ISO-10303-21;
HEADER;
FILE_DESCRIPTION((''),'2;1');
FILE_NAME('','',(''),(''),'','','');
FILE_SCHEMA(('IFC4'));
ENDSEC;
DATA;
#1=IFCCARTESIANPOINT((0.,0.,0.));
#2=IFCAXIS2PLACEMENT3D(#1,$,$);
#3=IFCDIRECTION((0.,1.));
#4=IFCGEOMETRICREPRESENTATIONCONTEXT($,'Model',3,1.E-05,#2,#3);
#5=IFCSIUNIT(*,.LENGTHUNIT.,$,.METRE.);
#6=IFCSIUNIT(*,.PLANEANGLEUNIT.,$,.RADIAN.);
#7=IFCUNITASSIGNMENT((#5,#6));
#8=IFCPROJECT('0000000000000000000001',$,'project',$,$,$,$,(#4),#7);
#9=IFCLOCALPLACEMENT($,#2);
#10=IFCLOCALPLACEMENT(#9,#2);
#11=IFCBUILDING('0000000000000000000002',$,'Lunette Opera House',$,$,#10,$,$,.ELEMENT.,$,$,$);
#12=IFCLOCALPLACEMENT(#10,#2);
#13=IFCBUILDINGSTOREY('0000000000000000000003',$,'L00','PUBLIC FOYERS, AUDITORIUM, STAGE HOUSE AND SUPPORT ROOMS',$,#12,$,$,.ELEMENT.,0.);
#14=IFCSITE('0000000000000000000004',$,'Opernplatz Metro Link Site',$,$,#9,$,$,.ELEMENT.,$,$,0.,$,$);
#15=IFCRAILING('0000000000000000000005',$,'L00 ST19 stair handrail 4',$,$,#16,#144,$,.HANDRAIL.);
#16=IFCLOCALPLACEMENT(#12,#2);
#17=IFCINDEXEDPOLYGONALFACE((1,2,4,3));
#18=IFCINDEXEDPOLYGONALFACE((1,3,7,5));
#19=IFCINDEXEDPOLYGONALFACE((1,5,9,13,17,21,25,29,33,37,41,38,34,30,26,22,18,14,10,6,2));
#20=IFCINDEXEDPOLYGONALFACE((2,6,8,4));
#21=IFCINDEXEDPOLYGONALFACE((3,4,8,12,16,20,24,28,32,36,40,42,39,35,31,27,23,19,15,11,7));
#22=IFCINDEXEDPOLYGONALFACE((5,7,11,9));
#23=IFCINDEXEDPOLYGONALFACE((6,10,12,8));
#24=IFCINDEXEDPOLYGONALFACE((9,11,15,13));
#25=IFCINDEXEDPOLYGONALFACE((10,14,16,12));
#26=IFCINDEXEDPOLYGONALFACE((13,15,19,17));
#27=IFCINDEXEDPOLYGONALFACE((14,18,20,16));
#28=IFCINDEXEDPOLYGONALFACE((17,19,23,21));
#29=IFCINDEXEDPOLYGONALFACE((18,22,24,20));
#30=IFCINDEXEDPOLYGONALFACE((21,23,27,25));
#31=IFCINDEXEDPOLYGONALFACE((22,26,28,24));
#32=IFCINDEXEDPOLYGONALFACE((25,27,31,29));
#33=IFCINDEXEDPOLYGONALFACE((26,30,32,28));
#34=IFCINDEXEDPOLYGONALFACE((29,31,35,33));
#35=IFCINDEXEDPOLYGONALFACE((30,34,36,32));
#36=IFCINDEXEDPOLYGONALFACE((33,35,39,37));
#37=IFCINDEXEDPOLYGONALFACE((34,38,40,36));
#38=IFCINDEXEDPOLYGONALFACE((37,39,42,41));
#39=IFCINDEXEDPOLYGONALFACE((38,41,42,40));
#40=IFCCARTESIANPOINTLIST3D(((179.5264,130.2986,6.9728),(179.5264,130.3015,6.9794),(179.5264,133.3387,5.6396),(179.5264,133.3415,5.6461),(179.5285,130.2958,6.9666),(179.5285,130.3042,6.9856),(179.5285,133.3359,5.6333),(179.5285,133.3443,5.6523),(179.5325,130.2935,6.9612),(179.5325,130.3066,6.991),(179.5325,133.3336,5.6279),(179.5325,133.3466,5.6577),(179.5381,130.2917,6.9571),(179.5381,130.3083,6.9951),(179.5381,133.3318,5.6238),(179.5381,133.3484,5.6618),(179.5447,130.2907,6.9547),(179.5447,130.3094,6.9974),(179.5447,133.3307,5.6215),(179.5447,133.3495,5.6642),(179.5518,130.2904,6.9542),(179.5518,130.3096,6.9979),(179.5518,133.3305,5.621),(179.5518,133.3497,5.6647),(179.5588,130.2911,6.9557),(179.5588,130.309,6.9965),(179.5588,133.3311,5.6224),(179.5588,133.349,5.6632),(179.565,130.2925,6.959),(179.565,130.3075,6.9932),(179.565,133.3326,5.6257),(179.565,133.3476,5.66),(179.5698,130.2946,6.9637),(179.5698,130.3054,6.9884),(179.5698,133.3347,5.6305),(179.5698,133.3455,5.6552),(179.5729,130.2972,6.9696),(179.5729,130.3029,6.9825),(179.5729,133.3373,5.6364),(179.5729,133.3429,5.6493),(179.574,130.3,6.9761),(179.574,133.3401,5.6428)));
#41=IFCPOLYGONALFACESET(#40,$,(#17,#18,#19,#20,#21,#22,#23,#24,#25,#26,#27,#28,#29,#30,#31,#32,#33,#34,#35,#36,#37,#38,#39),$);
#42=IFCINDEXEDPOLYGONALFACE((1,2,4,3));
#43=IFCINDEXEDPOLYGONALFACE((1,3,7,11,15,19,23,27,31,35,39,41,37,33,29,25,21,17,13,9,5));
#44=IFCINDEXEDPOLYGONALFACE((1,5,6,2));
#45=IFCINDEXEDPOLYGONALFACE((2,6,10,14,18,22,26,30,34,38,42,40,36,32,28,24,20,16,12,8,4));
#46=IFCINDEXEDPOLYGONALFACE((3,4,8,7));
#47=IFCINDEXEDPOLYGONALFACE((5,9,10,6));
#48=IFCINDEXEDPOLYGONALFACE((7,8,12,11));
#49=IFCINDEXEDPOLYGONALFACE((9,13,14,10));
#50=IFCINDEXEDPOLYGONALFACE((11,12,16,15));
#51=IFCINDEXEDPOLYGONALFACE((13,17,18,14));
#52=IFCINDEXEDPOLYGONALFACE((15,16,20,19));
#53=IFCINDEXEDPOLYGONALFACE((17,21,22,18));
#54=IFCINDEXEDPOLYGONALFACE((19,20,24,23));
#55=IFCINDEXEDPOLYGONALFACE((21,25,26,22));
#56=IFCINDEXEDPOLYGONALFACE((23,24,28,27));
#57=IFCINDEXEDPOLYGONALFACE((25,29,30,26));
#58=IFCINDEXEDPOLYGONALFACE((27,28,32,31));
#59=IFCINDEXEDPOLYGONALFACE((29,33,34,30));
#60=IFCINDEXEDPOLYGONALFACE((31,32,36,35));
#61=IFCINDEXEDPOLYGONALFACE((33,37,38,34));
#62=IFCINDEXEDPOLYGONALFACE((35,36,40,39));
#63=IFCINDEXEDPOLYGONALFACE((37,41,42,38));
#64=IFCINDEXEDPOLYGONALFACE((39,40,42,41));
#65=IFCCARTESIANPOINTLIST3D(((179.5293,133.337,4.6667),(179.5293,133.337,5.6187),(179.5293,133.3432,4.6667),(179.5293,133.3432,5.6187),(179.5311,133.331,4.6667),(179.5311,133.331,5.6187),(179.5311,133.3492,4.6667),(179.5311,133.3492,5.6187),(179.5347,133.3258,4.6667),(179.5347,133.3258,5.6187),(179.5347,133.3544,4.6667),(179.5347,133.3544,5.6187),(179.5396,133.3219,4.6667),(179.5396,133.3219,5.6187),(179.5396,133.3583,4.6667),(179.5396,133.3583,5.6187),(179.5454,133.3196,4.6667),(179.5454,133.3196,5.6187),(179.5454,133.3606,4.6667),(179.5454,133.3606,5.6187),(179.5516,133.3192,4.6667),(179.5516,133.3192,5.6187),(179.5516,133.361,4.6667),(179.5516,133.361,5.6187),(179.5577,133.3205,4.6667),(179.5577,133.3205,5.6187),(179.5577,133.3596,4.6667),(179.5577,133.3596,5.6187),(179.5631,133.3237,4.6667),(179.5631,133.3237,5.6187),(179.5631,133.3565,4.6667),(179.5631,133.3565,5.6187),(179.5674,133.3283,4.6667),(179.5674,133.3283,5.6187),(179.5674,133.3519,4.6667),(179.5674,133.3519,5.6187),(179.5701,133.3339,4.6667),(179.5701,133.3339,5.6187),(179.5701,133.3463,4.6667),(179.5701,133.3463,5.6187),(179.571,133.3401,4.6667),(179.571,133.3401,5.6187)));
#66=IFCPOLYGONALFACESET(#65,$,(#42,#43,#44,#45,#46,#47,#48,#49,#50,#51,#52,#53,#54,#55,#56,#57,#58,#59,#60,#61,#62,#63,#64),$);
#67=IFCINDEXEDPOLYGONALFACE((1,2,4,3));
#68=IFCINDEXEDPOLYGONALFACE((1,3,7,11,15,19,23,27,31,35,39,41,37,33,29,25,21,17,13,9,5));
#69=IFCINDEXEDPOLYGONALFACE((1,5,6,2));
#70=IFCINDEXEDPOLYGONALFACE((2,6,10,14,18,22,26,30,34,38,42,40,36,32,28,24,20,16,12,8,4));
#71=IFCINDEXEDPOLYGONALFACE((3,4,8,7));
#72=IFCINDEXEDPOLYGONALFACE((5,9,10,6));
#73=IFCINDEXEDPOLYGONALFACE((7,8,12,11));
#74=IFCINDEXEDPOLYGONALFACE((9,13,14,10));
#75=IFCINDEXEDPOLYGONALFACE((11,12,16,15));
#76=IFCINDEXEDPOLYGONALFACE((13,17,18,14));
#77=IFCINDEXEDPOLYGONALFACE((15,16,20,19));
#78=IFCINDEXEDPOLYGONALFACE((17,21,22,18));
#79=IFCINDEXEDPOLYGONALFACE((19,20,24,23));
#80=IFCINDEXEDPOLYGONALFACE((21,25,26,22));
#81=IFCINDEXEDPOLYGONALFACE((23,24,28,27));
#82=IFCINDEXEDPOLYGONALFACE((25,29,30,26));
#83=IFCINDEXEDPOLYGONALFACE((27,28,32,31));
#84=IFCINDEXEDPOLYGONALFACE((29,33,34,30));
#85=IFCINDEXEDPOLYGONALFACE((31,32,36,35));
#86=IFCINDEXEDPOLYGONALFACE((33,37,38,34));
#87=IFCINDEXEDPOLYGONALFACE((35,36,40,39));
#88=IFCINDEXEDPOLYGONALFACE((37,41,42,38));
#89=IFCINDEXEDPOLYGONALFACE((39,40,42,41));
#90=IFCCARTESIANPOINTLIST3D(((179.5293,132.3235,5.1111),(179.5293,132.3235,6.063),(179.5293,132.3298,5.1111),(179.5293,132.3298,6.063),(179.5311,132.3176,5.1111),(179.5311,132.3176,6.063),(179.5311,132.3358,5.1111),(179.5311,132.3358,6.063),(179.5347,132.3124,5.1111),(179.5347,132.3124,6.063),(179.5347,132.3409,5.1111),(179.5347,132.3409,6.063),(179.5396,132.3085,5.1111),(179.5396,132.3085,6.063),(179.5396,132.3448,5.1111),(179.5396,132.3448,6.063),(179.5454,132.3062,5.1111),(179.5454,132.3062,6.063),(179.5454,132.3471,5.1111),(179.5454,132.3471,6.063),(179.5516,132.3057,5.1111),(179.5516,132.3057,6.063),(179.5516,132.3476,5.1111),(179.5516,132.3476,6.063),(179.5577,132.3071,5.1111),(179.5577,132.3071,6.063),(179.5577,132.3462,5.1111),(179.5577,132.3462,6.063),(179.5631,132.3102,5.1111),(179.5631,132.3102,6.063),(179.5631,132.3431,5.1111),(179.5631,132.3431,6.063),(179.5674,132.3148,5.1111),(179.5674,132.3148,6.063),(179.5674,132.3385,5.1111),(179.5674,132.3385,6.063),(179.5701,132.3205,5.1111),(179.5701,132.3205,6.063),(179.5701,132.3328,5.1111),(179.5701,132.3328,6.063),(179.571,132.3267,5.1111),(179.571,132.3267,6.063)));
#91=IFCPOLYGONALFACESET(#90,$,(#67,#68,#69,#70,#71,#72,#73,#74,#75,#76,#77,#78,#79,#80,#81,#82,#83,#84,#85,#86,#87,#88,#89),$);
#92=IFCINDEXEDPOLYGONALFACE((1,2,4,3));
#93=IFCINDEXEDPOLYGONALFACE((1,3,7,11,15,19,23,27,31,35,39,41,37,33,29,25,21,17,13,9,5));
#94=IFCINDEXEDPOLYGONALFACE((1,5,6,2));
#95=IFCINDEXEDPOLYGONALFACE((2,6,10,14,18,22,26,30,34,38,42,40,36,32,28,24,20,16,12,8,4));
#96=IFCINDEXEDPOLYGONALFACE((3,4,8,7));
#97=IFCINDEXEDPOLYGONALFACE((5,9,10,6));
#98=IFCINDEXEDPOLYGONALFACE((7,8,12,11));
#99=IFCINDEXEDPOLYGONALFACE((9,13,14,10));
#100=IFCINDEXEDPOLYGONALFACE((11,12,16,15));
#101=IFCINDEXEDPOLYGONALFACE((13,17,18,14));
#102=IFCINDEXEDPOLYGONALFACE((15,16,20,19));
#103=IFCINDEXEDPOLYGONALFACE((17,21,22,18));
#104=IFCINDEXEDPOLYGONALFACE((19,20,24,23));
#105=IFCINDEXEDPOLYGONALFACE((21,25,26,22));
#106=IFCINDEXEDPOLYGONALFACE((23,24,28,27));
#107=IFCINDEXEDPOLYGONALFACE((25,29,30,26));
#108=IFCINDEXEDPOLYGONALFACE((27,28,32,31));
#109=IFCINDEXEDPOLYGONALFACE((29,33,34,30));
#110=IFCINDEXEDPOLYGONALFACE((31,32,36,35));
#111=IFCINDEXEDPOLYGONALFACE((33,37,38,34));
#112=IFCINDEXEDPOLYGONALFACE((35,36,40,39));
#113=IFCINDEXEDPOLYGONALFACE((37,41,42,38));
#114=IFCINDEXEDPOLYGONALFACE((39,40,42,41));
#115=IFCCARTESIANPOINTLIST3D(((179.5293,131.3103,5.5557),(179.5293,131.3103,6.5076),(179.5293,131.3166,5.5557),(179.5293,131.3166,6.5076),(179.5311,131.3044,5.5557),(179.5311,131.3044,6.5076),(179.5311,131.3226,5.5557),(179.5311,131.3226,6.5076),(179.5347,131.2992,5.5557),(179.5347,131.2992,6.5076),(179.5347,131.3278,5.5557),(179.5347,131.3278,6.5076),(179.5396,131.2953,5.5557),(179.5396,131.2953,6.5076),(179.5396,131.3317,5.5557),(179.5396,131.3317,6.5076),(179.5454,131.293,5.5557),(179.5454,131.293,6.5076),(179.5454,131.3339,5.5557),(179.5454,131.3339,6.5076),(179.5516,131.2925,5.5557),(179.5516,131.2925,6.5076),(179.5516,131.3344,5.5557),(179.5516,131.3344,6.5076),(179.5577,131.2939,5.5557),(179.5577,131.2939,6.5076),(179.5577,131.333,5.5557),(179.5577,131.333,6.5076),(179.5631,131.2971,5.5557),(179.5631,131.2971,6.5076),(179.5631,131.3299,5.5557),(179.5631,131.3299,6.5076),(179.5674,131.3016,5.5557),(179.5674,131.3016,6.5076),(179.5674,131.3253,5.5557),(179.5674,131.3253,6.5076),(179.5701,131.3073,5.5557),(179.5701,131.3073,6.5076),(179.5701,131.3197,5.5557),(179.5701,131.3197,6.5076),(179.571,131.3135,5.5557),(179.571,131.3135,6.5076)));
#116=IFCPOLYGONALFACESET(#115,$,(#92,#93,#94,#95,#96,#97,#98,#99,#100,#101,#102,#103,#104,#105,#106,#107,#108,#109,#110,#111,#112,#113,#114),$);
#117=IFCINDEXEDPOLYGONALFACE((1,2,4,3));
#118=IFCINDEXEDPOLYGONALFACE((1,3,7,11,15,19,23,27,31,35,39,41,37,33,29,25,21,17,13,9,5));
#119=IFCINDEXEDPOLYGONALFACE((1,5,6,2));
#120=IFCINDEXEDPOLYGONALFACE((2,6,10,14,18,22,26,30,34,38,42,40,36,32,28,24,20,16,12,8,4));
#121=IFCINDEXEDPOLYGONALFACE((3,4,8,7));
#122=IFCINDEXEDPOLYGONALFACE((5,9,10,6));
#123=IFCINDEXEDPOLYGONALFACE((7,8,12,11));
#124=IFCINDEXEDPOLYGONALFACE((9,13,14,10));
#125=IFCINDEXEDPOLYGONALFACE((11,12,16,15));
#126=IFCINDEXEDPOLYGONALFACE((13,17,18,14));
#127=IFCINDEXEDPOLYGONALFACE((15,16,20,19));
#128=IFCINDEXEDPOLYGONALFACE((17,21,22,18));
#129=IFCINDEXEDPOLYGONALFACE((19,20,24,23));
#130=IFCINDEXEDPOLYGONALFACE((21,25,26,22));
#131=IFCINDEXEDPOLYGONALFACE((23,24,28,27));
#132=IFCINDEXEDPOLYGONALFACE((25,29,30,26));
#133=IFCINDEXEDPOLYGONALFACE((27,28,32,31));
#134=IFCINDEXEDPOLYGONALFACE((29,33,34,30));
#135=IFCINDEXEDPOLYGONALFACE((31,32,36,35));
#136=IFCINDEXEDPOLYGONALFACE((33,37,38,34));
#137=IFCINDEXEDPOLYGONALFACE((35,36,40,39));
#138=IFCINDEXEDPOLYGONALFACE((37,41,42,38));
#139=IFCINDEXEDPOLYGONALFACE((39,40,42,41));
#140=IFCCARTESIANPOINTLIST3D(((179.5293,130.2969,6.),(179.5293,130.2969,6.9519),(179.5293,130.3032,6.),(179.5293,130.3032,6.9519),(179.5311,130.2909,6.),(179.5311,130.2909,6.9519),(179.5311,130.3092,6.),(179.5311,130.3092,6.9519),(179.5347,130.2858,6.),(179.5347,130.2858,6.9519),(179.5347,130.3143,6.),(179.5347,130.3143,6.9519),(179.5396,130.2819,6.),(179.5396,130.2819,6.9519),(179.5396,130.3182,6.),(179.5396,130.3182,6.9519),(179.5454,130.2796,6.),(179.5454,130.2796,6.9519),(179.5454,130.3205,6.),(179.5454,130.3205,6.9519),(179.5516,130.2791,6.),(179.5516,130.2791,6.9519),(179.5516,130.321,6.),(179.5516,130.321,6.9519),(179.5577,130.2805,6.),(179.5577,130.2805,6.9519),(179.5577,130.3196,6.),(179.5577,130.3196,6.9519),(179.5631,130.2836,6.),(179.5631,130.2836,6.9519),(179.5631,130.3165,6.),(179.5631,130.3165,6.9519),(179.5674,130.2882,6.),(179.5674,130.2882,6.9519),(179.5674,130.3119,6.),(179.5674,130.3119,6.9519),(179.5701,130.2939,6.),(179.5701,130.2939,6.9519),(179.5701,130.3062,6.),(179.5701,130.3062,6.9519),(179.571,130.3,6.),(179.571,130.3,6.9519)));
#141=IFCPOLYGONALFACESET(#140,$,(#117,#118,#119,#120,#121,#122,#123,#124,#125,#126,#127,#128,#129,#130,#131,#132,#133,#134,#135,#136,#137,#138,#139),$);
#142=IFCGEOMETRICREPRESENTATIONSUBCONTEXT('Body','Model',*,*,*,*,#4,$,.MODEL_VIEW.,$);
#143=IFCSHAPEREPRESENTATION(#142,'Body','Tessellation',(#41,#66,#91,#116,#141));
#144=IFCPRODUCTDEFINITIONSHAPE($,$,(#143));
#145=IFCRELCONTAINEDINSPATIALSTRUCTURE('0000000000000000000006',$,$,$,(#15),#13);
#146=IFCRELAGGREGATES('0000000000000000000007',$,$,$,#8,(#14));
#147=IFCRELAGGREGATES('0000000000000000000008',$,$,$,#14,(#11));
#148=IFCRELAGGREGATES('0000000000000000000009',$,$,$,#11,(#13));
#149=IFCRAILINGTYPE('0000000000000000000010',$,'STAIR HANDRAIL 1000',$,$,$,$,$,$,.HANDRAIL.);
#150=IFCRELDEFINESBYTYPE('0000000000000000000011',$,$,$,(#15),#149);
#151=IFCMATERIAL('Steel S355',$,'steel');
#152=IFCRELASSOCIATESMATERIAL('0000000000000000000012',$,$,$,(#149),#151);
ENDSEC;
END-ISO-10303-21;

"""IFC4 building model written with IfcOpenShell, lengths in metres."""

from ifc_helpers import new_model, si_unit, direction, frame, origin, origin_2d, place, context, subcontext, project, spatial, circle, extrude, material, type_object, element, save


model = new_model("IFC4")

# Units and contexts
model_context = context("Model", 3, precision=1e-05, world=origin(), true_north=direction((0.0, 1.0)))
body_context = subcontext(model_context, "Body", "Model", "MODEL_VIEW")
ifc_project = project(units=[si_unit("LENGTHUNIT", "METRE"), si_unit("PLANEANGLEUNIT", "RADIAN")], contexts=[model_context])

# Site, building, storey
site_placement = place(None, origin())
site = spatial("IfcSite", under=ifc_project, at=site_placement, Name="Opernplatz Metro Link Site", CompositionType="ELEMENT", RefElevation=0.0)
building_placement = place(site_placement, origin())
building = spatial("IfcBuilding", under=site, at=building_placement, Name="Lunette Opera House", CompositionType="ELEMENT")
storey_placement = place(building_placement, origin())
storey = spatial("IfcBuildingStorey", under=building, at=storey_placement, Name="L00", Description="PUBLIC FOYERS, AUDITORIUM, STAGE HOUSE AND SUPPORT ROOMS", CompositionType="ELEMENT", Elevation=0.0)

# Railing
ifc_material_1 = material(Name="Steel S355", Category="steel")
railing_type_1 = type_object("IfcRailingType", Name="STAIR HANDRAIL 1000", PredefinedType="HANDRAIL", material=ifc_material_1)
for number, where, name in (
    (1, (179.55, 133.3401, 4.6667), "L00 ST19 stair handrail 4"),
):
    element("IfcRailing", number, at=place(storey_placement, frame(where)), inside=storey, type_object=railing_type_1, Name=name, PredefinedType="HANDRAIL", context=body_context, shape_type="SweptSolid", body=[
        extrude(circle(Radius=0.0239, at=origin_2d()), frame((0.0, 0.0, 0.9761), z_axis=(0.0, -0.915799, 0.401637), x_axis=(1.0, 0.0, 0.0)), (0.0, 0.0, 1.0), 3.3196),
        extrude(circle(Radius=0.021, at=origin_2d()), origin(), (0.0, 0.0, 1.0), 0.9519),
        extrude(circle(Radius=0.021, at=origin_2d()), frame((0.0, -1.0134, 0.4443)), (0.0, 0.0, 1.0), 0.9519),
        extrude(circle(Radius=0.021, at=origin_2d()), frame((0.0, -2.0266, 0.8889)), (0.0, 0.0, 1.0), 0.9519),
        extrude(circle(Radius=0.021, at=origin_2d()), frame((0.0, -3.04, 1.3333)), (0.0, 0.0, 1.0), 0.9519),
    ])

save(model, "model.ifc")
